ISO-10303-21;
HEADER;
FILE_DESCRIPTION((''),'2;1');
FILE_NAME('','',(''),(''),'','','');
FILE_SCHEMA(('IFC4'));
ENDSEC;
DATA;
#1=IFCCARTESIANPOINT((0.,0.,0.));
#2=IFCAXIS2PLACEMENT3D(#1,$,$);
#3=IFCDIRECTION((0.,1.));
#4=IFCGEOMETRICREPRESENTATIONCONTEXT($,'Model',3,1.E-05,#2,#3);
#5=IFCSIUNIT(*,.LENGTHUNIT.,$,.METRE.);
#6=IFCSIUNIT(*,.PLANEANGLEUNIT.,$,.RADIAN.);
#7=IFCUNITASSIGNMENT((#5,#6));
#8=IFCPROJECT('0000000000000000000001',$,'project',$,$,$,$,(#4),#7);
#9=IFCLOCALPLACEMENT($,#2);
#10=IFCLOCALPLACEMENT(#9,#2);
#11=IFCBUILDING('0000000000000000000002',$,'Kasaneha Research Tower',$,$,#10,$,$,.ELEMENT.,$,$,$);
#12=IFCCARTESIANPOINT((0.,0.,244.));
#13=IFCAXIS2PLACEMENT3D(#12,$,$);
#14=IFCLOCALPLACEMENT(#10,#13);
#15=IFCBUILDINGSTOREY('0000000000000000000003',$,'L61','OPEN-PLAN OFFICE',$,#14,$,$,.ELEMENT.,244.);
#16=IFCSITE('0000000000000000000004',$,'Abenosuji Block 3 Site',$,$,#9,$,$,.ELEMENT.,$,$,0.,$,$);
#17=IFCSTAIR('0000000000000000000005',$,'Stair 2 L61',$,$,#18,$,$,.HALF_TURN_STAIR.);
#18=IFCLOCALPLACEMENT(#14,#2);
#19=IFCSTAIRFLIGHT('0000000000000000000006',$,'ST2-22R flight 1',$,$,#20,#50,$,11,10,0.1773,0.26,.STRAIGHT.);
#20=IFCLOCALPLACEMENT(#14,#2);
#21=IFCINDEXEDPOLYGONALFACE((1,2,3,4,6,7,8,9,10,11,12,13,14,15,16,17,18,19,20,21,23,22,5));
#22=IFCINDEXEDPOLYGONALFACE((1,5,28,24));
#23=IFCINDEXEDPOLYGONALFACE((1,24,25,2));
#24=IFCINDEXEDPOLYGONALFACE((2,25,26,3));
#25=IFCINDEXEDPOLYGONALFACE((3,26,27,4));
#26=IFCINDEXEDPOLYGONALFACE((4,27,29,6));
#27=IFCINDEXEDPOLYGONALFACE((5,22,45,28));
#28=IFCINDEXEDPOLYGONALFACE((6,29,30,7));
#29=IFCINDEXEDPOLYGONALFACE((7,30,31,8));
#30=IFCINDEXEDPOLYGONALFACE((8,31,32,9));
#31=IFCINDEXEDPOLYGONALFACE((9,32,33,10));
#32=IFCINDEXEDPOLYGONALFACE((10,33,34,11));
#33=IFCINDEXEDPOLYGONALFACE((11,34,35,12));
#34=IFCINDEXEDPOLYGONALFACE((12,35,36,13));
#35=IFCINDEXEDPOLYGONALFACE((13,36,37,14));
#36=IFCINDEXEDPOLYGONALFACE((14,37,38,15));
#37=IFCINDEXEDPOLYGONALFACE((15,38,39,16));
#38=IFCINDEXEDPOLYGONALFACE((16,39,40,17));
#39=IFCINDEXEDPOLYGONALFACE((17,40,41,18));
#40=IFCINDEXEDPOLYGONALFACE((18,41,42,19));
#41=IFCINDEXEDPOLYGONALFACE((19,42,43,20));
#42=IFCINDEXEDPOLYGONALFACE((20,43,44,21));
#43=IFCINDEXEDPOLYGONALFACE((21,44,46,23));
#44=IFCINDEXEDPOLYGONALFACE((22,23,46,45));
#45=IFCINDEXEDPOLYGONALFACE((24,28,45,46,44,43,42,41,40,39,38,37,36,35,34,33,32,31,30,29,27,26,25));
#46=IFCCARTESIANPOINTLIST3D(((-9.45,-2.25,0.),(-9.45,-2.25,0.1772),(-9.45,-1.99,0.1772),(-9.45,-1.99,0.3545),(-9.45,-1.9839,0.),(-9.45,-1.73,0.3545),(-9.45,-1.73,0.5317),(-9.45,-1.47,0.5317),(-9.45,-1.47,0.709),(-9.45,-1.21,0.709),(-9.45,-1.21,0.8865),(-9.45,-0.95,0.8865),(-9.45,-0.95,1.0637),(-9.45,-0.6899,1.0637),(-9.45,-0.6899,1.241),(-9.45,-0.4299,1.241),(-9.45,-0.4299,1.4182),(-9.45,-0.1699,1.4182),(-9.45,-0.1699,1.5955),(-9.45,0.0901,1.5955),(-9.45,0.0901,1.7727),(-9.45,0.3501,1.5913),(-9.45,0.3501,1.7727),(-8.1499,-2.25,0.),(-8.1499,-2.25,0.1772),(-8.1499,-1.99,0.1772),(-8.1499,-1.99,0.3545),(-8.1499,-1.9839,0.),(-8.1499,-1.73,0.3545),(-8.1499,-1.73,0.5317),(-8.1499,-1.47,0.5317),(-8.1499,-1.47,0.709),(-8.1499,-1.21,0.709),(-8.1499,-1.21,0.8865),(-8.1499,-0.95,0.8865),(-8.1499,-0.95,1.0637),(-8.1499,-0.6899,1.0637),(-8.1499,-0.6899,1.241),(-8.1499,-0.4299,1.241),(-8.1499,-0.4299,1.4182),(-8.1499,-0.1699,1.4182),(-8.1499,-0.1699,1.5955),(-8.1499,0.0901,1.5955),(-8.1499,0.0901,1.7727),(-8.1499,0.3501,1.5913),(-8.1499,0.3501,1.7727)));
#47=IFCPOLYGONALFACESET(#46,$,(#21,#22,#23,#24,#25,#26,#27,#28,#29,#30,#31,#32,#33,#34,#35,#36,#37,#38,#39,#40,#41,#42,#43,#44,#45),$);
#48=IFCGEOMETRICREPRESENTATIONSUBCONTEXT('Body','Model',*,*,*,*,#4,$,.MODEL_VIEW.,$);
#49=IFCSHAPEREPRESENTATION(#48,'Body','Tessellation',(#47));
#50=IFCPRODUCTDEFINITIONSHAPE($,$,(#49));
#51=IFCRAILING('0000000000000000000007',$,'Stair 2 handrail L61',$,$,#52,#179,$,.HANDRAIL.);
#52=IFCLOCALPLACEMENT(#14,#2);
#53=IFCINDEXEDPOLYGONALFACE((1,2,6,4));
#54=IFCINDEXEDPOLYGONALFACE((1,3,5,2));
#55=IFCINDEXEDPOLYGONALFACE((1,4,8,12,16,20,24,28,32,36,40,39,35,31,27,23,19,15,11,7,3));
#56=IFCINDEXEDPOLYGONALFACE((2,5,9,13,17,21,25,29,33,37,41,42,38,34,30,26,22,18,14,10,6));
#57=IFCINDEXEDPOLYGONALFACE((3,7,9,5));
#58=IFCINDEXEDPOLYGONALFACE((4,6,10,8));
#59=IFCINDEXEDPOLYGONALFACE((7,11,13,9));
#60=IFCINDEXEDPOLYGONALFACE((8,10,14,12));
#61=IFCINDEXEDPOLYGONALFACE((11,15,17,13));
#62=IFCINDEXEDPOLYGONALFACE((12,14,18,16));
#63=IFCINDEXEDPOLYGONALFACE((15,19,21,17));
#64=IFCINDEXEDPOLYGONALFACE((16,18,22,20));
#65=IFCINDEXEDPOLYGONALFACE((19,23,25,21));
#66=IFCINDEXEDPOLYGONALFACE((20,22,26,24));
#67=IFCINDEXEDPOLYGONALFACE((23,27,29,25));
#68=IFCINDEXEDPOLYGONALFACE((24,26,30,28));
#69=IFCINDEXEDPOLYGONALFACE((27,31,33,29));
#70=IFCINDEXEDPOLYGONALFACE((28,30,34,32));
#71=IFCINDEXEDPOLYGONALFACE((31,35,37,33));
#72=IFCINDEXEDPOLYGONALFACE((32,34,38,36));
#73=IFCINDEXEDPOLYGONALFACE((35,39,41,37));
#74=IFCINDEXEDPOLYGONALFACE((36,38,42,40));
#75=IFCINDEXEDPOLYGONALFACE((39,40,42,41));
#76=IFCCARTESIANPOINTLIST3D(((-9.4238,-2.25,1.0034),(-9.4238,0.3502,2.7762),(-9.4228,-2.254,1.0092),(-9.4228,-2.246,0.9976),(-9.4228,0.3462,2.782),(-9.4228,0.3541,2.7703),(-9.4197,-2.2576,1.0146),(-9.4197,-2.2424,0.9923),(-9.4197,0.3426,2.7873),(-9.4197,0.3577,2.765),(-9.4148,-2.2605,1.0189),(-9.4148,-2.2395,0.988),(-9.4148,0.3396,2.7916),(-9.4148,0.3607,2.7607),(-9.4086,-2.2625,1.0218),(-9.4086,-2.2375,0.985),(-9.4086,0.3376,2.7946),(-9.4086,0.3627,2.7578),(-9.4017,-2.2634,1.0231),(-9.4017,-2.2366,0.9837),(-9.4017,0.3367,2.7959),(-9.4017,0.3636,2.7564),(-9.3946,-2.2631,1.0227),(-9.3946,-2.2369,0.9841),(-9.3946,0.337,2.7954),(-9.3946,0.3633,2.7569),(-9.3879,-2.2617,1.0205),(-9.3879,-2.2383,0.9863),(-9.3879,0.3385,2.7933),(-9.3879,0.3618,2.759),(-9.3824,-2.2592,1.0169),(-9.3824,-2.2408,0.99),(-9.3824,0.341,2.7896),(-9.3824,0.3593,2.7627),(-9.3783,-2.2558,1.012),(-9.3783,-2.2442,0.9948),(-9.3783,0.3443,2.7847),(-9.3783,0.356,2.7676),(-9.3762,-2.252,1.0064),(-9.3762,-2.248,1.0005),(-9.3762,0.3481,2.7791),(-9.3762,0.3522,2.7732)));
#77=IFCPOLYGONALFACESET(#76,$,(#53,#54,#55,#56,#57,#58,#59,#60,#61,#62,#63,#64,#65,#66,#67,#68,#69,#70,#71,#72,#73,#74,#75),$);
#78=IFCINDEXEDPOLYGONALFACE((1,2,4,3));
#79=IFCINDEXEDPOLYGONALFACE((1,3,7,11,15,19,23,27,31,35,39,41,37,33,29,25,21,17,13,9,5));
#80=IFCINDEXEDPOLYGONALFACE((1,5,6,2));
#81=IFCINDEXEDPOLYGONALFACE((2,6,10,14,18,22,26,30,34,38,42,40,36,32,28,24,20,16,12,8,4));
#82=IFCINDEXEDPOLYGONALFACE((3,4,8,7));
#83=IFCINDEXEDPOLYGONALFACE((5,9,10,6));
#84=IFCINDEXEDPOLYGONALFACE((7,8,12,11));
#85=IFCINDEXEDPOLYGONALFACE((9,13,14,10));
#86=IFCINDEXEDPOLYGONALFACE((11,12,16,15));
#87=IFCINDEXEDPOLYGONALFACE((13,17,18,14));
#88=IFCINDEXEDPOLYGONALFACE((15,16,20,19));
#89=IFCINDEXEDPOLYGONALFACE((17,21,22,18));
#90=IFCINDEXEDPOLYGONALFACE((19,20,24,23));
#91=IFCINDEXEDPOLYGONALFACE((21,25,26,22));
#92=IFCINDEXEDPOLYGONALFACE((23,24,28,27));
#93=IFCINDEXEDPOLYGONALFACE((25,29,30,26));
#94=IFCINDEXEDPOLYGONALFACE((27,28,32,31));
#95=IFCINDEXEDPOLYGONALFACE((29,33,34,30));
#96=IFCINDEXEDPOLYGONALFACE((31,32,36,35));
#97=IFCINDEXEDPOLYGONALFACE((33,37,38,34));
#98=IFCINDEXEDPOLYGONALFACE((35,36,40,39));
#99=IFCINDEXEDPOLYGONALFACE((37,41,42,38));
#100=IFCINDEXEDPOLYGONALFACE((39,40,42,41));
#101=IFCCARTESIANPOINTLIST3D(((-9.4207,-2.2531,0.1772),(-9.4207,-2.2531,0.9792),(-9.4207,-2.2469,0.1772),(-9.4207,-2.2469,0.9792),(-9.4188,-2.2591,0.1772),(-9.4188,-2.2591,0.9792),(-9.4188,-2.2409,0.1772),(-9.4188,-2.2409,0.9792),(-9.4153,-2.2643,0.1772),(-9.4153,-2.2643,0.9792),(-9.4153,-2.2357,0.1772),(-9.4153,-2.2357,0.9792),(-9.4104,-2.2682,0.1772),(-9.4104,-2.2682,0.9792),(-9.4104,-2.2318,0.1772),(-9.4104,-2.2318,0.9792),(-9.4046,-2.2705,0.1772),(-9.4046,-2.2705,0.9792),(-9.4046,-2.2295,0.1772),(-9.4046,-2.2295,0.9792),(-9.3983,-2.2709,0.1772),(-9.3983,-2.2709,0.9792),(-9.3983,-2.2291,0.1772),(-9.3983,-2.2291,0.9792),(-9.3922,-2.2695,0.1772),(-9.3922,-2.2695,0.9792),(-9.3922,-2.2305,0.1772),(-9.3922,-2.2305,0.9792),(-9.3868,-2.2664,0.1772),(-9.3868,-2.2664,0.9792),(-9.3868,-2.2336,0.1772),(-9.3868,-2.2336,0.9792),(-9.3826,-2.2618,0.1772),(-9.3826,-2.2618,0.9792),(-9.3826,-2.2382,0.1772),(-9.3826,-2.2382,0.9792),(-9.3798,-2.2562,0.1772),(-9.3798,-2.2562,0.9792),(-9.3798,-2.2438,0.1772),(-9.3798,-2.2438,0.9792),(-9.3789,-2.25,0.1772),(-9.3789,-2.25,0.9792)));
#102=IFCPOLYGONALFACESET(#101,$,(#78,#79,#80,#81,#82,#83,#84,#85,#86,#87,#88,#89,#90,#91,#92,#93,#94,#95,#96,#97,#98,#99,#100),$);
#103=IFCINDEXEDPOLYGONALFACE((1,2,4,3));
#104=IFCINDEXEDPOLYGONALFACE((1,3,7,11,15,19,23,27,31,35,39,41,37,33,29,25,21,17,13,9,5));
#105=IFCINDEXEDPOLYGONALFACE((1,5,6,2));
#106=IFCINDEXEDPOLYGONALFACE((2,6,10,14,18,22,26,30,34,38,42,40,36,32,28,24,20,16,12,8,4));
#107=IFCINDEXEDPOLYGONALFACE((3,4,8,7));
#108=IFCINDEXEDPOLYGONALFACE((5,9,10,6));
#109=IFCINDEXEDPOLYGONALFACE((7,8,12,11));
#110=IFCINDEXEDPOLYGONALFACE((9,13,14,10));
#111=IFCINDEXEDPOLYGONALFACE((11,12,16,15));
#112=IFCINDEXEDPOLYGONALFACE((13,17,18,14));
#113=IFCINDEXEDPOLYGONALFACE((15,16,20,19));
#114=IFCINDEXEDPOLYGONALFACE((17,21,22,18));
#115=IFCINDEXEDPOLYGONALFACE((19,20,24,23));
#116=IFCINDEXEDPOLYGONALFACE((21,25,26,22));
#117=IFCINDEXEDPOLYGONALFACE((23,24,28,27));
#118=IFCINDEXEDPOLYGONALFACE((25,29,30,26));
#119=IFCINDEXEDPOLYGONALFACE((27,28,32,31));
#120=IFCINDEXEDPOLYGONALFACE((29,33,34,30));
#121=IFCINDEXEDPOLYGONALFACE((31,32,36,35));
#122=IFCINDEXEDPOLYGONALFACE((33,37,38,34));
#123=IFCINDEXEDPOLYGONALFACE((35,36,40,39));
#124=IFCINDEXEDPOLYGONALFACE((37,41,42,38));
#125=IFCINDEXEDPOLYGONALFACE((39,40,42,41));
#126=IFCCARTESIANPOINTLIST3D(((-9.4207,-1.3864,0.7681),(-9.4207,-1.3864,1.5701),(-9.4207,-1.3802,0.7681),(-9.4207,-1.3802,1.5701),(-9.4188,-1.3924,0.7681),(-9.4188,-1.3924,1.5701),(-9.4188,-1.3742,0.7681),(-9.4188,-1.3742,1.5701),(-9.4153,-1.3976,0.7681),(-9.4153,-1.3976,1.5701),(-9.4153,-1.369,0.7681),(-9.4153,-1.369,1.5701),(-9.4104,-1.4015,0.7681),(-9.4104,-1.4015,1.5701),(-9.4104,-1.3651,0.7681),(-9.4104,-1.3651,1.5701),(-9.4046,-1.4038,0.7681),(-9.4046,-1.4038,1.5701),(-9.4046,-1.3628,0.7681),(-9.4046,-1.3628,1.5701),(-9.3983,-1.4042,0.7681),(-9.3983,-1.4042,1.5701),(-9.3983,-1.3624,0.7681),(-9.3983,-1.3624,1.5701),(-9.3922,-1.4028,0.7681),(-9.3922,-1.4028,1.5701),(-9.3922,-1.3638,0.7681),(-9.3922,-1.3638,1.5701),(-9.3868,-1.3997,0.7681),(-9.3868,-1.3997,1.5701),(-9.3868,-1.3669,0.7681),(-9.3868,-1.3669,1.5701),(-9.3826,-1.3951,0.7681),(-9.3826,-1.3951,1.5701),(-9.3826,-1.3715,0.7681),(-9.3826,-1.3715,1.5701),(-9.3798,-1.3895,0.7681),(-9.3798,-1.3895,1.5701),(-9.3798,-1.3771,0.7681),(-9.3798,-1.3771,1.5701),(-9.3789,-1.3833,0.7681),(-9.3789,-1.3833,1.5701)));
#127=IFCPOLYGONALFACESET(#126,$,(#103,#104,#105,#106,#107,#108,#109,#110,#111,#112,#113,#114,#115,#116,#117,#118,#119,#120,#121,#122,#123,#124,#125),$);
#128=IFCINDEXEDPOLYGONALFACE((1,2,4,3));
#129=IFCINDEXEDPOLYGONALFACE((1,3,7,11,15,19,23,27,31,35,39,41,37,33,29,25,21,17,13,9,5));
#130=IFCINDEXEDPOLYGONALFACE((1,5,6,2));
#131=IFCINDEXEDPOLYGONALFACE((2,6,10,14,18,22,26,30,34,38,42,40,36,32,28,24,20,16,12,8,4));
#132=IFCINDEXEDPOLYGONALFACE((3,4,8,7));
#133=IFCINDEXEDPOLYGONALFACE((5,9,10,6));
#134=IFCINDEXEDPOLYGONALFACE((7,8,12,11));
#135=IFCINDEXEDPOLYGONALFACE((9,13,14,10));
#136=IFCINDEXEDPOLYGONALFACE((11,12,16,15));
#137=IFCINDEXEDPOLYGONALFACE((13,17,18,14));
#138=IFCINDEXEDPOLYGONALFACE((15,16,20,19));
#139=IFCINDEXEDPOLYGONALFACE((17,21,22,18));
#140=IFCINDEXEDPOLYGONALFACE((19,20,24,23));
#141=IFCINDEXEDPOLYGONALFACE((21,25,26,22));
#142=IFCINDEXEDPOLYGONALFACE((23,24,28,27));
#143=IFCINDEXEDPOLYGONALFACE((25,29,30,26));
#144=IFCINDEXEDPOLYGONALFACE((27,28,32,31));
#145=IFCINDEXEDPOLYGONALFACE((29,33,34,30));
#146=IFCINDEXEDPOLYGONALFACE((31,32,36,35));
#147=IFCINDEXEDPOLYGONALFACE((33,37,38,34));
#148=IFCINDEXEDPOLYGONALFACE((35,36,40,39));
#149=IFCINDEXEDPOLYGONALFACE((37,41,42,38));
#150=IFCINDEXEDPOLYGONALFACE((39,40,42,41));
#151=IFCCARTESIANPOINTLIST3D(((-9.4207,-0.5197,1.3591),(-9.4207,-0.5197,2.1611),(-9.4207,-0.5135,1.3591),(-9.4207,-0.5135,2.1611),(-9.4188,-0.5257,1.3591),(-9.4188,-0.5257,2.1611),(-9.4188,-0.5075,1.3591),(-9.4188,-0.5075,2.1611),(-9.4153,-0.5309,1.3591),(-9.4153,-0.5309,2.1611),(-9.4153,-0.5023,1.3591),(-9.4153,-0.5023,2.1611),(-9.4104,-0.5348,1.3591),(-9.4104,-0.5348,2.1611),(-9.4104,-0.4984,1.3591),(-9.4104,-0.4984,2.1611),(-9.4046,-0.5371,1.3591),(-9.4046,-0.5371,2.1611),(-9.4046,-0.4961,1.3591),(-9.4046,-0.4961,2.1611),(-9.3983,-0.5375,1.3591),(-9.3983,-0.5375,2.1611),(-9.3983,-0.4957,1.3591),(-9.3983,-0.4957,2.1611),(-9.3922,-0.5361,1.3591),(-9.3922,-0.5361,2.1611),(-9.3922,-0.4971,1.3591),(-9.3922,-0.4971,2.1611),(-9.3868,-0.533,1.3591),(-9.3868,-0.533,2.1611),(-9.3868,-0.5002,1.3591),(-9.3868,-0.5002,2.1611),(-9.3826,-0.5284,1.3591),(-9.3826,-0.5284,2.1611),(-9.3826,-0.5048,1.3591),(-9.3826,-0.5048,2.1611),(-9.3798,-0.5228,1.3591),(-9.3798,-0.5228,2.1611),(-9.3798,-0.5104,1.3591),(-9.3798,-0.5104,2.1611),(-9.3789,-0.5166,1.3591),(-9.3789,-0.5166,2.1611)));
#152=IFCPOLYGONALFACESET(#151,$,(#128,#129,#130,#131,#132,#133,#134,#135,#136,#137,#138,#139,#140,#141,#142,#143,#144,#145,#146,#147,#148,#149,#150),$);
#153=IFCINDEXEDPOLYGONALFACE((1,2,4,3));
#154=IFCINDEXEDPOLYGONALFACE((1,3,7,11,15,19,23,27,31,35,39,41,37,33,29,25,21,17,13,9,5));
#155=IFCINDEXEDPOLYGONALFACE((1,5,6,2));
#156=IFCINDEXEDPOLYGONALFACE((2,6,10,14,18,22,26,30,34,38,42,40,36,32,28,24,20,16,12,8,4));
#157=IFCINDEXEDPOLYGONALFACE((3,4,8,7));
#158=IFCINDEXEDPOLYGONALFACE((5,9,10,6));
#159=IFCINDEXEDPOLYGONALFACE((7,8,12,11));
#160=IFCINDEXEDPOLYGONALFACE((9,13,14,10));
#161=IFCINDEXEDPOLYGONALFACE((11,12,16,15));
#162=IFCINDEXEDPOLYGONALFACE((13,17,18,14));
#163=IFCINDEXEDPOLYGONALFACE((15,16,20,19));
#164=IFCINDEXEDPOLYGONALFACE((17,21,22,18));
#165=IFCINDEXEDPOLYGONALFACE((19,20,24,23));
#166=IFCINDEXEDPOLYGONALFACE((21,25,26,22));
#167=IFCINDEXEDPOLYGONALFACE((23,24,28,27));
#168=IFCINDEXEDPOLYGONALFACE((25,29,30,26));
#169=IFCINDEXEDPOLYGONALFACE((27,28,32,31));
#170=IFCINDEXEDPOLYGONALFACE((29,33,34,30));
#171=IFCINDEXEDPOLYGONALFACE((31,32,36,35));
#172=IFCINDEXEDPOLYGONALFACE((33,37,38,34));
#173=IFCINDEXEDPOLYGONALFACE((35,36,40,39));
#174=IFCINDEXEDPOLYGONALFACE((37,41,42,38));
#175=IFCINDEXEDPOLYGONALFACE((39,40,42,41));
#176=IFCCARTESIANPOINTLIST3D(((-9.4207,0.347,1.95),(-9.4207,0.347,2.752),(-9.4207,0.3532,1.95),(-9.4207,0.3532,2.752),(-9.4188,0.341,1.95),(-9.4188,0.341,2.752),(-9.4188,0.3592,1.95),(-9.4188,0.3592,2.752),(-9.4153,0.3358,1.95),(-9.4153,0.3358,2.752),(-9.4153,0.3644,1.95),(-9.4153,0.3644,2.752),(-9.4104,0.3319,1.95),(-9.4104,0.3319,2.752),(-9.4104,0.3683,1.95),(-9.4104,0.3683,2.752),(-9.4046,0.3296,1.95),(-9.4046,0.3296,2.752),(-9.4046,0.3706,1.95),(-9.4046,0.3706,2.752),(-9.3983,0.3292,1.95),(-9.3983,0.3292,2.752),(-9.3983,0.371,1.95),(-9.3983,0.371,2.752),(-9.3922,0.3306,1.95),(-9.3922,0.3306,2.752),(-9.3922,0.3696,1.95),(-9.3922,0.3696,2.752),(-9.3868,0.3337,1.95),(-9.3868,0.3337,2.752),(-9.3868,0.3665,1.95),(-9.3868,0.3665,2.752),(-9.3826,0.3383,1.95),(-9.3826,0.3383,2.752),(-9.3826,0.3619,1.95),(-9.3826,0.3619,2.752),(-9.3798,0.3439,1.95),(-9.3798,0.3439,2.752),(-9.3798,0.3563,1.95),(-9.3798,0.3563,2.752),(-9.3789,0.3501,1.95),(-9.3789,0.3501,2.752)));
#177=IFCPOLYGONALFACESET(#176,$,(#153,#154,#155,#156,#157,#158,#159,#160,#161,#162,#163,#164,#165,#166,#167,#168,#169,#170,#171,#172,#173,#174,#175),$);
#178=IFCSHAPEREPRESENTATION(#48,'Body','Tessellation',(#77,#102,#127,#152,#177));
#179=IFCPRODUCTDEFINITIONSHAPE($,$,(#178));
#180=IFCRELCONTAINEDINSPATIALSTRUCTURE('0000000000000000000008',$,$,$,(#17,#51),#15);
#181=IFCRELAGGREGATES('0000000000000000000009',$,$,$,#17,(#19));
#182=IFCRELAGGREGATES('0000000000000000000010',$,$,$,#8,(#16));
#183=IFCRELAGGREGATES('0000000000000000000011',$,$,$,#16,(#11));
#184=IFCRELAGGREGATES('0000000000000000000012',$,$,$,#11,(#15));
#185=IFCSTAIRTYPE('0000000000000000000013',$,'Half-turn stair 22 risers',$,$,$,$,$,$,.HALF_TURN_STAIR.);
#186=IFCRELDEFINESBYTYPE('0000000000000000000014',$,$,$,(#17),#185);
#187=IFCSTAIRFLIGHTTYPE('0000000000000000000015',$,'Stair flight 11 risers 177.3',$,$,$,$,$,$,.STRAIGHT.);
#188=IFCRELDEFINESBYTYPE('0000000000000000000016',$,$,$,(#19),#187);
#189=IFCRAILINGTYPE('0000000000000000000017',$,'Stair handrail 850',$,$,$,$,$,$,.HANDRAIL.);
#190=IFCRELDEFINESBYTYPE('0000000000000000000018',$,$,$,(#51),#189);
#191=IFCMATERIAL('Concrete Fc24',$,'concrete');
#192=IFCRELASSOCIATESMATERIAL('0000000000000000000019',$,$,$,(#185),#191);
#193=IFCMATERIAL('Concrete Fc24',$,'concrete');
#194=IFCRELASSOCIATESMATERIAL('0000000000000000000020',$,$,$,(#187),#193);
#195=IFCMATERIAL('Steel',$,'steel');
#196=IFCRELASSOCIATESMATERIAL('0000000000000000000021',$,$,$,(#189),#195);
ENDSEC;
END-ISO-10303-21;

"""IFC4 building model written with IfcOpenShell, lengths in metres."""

from ifc_helpers import new_model, si_unit, direction, frame, origin, origin_2d, place, context, subcontext, project, spatial, polyline, circle, outline, extrude, material, type_object, element, aggregate, save


model = new_model("IFC4")

# Units and contexts
model_context = context("Model", 3, precision=1e-05, world=origin(), true_north=direction((0.0, 1.0)))
body_context = subcontext(model_context, "Body", "Model", "MODEL_VIEW")
ifc_project = project(units=[si_unit("LENGTHUNIT", "METRE"), si_unit("PLANEANGLEUNIT", "RADIAN")], contexts=[model_context])

# Site, building, storey
site_placement = place(None, origin())
site = spatial("IfcSite", under=ifc_project, at=site_placement, Name="Abenosuji Block 3 Site", CompositionType="ELEMENT", RefElevation=0.0)
building_placement = place(site_placement, origin())
building = spatial("IfcBuilding", under=site, at=building_placement, Name="Kasaneha Research Tower", CompositionType="ELEMENT")
storey_placement = place(building_placement, frame((0.0, 0.0, 244.0)))
storey = spatial("IfcBuildingStorey", under=building, at=storey_placement, Name="L61", Description="OPEN-PLAN OFFICE", CompositionType="ELEMENT", Elevation=244.0)

# Stair, stair flight
ifc_material_1 = material(Name="Concrete Fc24", Category="concrete")
stair_type = type_object("IfcStairType", Name="Half-turn stair 22 risers", PredefinedType="HALF_TURN_STAIR", material=ifc_material_1)
stair_placement = place(storey_placement, origin())
stair = element("IfcStair", 1, at=stair_placement, inside=storey, type_object=stair_type, Name="Stair 2 L61", PredefinedType="HALF_TURN_STAIR")
ifc_material_2 = material(Name="Concrete Fc24", Category="concrete")
stair_flight_type = type_object("IfcStairFlightType", Name="Stair flight 11 risers 177.3", PredefinedType="STRAIGHT", material=ifc_material_2)
stair_flight_placement = place(storey_placement, frame((-8.8, -2.25, 0.0), z_axis=(0.0, 0.0, 1.0), x_axis=(0.0, 1.0, 0.0)))
stair_flight = element("IfcStairFlight", 2, at=stair_flight_placement, type_object=stair_flight_type, Name="ST2-22R flight 1", NumberOfRisers=11, NumberOfTreads=10, PredefinedType="STRAIGHT", RiserHeight=0.1773, TreadLength=0.26, context=body_context, shape_type="SweptSolid", body=[
    extrude(outline(polyline([(0.0, 0.0), (0.0, 0.1772), (0.26, 0.1772), (0.26, 0.3545), (0.52, 0.3545), (0.52, 0.5317), (0.78, 0.5317), (0.78, 0.709), (1.04, 0.709), (1.04, 0.8865), (1.3, 0.8865), (1.3, 1.0637), (1.5601, 1.0637), (1.5601, 1.241), (1.8201, 1.241), (1.8201, 1.4182), (2.0801, 1.4182), (2.0801, 1.5955), (2.3401, 1.5955), (2.3401, 1.7727), (2.6001, 1.7727), (2.6001, 1.95), (2.6001, 1.5913), (0.2661, 0.0), (0.0, 0.0)])), frame((0.0, 0.6499, 0.0), z_axis=(0.0, -1.0, 0.0), x_axis=(1.0, 0.0, 0.0)), (0.0, 0.0, 1.0), 1.3),
])
aggregate(stair, [stair_flight])

# Railing
ifc_material_3 = material(Name="Steel", Category="steel")
railing_type = type_object("IfcRailingType", Name="Stair handrail 850", PredefinedType="HANDRAIL", material=ifc_material_3)
railing_placement = place(storey_placement, frame((-9.3999, -2.25, 0.1772)))
element("IfcRailing", 3, at=railing_placement, inside=storey, type_object=railing_type, Name="Stair 2 handrail L61", PredefinedType="HANDRAIL", context=body_context, shape_type="SweptSolid", body=[
    extrude(circle(Radius=0.0239, at=origin_2d()), frame((0.0, 0.0, 0.8262), z_axis=(0.0, 0.82624, 0.563318), x_axis=(-1.0, 0.0, 0.0)), (0.0, 0.0, 1.0), 3.147),
    extrude(circle(Radius=0.021, at=origin_2d()), origin(), (0.0, 0.0, 1.0), 0.802),
    extrude(circle(Radius=0.021, at=origin_2d()), frame((0.0, 0.8667, 0.5908)), (0.0, 0.0, 1.0), 0.802),
    extrude(circle(Radius=0.021, at=origin_2d()), frame((0.0, 1.7334, 1.1819)), (0.0, 0.0, 1.0), 0.802),
    extrude(circle(Radius=0.021, at=origin_2d()), frame((0.0, 2.6001, 1.7727)), (0.0, 0.0, 1.0), 0.802),
])

save(model, "model.ifc")
